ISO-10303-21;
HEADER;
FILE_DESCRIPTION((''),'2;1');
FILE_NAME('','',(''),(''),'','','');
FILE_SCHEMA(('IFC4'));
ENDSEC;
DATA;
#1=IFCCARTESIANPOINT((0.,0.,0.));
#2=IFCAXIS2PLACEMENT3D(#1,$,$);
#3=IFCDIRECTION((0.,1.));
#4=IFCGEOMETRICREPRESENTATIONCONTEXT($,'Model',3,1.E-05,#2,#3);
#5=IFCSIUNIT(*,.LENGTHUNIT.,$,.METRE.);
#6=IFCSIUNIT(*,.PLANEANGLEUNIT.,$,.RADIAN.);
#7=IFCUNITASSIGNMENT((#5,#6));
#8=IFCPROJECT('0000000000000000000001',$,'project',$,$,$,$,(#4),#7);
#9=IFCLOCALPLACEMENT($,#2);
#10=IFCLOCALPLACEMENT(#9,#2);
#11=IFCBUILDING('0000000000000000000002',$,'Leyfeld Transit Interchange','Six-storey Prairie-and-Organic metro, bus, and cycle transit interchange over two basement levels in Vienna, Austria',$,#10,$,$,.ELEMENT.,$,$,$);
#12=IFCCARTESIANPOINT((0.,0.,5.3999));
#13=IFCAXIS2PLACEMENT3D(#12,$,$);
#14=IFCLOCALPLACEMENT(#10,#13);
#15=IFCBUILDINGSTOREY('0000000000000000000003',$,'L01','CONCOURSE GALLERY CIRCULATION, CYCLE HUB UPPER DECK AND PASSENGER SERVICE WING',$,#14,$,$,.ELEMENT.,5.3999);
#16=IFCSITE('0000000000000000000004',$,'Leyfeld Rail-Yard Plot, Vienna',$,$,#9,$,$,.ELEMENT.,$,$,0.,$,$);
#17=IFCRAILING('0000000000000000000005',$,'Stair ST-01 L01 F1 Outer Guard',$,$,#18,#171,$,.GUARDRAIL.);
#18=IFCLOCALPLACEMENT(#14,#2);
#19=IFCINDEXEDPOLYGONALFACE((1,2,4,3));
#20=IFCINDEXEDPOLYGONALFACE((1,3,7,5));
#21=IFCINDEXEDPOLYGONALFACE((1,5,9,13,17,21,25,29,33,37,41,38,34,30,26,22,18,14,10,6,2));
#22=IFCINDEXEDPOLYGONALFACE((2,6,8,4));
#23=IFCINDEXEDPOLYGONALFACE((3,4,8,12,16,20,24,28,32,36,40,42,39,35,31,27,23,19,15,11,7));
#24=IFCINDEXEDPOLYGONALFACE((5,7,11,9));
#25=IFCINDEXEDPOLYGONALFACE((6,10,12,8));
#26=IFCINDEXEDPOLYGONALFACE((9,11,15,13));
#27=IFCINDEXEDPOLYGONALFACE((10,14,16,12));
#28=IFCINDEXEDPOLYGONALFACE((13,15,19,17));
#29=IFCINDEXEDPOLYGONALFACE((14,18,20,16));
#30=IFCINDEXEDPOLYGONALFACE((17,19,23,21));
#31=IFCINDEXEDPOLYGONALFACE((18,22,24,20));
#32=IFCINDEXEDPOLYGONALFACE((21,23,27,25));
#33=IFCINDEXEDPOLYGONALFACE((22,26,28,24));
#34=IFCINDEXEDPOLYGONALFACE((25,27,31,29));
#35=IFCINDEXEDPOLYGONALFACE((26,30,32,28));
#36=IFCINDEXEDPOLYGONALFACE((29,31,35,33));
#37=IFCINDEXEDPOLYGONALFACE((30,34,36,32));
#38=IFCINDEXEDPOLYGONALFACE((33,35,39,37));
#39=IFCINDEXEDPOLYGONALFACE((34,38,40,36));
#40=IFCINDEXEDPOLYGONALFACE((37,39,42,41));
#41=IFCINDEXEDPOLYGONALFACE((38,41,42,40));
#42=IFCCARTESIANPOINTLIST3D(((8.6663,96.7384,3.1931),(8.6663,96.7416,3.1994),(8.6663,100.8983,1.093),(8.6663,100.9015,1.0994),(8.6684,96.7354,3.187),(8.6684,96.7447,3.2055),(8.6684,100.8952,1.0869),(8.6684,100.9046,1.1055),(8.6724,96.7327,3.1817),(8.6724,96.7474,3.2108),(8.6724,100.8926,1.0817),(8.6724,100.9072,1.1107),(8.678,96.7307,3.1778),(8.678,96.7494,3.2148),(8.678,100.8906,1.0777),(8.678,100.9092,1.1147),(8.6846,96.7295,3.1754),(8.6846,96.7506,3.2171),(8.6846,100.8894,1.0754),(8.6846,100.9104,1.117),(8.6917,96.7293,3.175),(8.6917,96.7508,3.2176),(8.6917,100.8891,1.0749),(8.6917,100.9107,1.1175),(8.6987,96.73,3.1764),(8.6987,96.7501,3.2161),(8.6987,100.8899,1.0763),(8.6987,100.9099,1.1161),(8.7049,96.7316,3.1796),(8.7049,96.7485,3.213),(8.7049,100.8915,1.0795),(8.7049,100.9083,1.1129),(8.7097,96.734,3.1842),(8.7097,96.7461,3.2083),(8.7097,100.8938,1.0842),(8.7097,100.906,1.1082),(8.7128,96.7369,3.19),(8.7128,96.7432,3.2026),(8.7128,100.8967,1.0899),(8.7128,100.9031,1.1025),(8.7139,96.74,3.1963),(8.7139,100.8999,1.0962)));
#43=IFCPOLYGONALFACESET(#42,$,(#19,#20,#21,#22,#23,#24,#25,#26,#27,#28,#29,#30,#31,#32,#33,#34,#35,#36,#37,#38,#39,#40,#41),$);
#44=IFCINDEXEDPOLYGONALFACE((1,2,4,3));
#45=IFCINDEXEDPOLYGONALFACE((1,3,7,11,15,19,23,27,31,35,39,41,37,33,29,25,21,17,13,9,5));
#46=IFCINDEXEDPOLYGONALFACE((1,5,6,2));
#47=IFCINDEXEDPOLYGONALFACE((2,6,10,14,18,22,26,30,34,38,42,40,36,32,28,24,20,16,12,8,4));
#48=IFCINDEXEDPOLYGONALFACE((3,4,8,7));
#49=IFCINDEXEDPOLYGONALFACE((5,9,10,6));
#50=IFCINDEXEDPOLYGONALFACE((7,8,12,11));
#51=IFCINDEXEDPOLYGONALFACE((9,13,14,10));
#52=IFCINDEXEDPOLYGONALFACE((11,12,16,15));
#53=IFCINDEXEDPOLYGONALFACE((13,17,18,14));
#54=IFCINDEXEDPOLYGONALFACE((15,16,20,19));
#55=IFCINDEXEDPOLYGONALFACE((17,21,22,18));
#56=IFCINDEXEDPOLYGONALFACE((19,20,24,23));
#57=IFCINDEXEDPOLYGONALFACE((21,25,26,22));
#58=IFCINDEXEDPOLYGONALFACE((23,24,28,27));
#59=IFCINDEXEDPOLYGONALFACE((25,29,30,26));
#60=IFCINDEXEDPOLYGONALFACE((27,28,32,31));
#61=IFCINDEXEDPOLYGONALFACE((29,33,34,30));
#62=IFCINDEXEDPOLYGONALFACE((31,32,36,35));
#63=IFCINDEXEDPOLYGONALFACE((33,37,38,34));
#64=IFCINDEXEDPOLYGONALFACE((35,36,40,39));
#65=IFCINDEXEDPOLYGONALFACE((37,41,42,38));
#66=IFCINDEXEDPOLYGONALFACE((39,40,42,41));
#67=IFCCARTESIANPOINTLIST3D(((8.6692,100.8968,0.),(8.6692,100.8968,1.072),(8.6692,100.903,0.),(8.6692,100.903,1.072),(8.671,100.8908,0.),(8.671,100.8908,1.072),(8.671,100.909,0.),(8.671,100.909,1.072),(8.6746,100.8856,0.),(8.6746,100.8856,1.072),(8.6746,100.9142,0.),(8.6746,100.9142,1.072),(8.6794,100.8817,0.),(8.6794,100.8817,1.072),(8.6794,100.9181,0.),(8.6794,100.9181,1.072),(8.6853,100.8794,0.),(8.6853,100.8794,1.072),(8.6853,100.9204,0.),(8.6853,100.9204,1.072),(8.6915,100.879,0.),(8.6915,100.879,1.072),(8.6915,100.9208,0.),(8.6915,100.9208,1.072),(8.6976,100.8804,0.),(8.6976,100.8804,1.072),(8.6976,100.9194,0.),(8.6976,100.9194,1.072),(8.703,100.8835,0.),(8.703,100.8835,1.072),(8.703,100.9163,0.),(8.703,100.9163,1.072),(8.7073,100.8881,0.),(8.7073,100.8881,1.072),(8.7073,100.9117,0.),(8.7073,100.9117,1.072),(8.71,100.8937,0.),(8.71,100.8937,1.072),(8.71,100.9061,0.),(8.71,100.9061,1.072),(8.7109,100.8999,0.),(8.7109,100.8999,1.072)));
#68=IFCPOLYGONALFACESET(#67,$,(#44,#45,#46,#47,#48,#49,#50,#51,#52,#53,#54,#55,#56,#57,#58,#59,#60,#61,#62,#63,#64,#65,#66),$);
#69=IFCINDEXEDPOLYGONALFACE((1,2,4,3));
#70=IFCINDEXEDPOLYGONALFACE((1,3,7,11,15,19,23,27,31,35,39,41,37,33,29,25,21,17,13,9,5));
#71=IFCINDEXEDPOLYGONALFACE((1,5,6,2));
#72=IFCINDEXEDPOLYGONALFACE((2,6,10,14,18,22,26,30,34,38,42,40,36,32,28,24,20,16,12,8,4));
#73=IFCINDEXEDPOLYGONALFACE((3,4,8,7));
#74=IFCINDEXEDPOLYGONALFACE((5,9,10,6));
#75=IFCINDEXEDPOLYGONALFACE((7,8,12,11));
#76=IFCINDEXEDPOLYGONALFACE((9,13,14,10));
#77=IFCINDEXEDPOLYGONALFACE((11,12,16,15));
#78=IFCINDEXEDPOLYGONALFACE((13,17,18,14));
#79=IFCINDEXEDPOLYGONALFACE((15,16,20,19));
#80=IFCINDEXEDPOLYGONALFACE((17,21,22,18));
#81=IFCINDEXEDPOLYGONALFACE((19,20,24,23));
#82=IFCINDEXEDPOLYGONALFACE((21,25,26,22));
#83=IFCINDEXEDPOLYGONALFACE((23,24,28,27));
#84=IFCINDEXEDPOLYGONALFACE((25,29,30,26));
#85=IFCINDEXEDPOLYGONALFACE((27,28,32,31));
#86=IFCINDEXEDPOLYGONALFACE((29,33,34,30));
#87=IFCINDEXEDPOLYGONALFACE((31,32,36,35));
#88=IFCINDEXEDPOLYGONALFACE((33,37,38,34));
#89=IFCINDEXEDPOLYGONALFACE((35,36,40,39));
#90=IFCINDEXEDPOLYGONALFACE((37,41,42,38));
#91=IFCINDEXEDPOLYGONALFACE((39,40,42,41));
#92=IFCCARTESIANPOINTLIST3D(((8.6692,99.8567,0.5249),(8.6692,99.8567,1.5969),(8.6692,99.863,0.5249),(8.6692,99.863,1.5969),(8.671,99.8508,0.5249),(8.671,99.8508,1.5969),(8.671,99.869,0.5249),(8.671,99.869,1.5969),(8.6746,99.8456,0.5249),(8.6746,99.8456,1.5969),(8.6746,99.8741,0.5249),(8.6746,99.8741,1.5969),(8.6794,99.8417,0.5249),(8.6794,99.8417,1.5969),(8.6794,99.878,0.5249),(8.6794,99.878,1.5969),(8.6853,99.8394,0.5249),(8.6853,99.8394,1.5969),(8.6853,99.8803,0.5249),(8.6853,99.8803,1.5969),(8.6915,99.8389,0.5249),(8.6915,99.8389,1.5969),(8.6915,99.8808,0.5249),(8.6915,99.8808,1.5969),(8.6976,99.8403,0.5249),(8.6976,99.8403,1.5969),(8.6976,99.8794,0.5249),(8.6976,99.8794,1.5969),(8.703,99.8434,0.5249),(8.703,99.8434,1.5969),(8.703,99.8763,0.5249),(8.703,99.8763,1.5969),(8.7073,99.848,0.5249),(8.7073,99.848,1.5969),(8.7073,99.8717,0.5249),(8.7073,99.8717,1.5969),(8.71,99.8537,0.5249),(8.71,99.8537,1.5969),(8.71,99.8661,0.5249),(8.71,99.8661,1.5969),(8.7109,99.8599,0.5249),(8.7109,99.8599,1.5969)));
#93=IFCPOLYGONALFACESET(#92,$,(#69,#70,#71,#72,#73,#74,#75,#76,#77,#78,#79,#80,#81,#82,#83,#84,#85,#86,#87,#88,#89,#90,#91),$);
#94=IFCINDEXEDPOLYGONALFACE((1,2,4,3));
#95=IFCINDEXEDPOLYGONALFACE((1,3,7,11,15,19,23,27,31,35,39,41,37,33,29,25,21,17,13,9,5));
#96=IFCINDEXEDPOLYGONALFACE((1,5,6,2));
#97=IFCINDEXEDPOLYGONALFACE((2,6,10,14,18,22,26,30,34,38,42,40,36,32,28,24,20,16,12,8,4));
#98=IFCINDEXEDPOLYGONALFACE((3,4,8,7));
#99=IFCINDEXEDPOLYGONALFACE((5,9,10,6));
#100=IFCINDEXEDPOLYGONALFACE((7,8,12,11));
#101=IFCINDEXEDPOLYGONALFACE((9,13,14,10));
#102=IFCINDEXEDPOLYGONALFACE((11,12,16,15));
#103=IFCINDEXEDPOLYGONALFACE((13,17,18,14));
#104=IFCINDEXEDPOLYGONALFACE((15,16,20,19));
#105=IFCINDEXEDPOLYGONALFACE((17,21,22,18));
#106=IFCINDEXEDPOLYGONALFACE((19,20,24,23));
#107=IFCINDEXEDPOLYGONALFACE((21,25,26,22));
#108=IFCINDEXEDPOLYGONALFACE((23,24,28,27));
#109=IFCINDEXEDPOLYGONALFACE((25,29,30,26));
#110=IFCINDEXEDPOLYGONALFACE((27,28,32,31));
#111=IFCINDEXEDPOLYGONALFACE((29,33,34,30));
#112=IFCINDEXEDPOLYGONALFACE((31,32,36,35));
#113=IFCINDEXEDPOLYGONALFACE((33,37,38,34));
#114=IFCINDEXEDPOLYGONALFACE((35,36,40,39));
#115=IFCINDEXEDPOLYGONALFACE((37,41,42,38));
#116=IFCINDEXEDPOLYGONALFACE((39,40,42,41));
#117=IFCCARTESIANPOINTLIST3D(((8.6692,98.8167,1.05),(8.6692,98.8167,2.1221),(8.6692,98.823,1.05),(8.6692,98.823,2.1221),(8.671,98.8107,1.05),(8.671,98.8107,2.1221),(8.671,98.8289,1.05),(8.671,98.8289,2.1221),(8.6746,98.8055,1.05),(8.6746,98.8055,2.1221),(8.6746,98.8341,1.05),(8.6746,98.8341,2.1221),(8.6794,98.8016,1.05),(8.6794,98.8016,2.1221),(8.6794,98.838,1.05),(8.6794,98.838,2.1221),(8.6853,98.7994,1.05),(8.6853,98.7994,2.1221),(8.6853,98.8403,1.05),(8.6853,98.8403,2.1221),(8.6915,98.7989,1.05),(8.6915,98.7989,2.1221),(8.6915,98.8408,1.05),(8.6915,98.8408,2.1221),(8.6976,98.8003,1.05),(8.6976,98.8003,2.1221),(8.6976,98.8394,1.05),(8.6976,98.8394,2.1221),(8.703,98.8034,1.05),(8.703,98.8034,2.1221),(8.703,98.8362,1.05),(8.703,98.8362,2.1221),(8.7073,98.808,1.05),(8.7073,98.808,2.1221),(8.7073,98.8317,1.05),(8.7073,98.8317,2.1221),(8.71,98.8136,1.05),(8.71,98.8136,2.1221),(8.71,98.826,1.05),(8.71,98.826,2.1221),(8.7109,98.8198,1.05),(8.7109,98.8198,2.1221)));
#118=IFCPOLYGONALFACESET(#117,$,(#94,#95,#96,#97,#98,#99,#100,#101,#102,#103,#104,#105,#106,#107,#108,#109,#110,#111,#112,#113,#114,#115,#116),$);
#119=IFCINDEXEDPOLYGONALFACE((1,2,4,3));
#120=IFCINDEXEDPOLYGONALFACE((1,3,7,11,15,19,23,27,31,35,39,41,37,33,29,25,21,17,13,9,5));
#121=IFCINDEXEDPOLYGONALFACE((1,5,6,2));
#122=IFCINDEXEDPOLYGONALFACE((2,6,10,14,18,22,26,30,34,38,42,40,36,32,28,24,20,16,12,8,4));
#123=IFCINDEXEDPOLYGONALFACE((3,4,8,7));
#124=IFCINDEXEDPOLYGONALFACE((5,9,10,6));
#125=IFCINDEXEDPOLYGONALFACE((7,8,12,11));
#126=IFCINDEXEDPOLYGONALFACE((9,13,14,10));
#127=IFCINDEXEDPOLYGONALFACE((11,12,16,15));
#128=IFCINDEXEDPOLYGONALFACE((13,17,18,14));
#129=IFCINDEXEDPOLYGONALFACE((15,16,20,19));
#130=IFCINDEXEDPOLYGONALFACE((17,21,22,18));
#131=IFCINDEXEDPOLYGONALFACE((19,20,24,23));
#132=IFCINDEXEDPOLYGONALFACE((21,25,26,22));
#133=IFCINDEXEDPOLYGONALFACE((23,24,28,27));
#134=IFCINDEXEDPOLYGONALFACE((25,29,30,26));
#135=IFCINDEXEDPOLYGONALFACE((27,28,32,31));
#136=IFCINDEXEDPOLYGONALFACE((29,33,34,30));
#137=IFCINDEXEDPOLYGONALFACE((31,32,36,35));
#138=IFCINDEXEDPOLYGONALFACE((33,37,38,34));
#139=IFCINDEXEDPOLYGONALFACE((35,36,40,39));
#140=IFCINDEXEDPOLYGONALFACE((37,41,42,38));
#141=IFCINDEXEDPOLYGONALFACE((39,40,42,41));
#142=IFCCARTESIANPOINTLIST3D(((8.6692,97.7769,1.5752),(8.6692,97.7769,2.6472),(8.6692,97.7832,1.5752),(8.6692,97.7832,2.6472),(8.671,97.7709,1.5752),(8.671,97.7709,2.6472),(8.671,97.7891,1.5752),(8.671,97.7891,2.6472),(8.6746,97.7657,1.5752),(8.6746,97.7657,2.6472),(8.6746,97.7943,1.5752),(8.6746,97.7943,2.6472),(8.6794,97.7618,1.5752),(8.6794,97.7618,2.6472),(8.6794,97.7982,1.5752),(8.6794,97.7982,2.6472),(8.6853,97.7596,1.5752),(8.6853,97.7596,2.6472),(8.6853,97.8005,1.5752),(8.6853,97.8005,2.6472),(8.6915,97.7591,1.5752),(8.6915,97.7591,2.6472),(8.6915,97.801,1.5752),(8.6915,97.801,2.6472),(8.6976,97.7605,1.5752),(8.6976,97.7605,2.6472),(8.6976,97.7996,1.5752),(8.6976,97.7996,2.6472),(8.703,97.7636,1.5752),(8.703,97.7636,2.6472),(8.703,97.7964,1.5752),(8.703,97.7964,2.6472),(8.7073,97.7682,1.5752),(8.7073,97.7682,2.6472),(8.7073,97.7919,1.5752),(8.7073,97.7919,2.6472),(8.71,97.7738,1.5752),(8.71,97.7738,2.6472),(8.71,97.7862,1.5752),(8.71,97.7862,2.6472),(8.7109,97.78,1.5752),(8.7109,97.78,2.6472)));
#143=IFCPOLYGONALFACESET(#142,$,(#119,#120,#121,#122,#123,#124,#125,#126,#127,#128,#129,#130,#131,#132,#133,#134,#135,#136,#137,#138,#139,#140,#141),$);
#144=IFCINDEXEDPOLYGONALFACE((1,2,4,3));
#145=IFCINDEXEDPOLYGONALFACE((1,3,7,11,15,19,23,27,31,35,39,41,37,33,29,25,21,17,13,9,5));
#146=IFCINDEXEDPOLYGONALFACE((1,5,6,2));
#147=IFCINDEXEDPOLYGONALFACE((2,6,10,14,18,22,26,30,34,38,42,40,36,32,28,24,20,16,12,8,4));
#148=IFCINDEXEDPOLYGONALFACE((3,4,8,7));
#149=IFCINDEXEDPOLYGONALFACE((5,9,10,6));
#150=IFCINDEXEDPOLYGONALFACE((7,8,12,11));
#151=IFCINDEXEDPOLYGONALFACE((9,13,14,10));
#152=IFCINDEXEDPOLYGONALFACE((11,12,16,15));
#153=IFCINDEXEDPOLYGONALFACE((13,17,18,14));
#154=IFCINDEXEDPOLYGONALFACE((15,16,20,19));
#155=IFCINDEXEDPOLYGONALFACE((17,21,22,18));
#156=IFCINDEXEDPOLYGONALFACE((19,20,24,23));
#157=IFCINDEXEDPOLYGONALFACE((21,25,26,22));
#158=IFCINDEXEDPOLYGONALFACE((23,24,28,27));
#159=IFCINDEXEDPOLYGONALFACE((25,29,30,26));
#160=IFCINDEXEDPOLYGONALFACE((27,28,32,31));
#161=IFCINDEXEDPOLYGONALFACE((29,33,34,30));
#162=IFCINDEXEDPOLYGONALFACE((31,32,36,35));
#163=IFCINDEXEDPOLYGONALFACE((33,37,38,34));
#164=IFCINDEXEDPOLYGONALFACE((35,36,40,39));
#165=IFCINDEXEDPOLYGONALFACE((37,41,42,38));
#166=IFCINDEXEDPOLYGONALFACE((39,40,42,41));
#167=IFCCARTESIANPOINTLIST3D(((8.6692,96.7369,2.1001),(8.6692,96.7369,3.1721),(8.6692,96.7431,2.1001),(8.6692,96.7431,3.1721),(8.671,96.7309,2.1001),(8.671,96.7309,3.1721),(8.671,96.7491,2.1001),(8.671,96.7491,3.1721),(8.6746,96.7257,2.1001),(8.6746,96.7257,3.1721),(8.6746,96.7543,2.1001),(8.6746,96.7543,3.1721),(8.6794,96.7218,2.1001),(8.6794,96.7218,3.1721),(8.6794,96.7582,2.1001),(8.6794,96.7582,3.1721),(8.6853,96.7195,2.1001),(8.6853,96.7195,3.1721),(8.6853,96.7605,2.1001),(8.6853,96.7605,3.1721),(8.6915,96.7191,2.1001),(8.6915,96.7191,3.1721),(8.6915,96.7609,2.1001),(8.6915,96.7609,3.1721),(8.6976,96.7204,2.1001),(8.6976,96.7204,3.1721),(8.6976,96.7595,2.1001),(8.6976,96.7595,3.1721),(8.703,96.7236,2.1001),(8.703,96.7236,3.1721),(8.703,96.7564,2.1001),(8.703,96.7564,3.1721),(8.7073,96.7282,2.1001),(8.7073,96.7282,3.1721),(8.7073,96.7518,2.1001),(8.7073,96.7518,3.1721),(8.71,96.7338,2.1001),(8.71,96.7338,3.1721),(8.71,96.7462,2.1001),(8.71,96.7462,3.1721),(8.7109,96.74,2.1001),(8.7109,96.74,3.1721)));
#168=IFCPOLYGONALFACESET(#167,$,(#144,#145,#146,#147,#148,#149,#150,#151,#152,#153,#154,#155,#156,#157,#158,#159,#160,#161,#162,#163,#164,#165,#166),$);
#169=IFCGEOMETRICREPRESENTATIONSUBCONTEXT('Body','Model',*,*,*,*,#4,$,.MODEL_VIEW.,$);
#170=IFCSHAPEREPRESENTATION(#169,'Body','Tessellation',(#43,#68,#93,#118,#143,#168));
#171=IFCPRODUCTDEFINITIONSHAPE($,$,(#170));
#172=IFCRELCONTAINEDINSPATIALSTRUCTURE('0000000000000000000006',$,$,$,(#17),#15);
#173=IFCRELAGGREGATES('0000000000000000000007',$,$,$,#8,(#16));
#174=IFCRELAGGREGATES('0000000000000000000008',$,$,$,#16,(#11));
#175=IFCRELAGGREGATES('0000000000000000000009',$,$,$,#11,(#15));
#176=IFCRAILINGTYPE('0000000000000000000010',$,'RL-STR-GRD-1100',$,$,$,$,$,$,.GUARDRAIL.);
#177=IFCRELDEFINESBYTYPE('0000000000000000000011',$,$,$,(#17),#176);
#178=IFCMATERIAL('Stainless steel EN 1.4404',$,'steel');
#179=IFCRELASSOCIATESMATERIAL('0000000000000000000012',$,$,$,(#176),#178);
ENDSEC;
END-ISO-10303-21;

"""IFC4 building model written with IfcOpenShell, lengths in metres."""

from ifc_helpers import new_model, si_unit, direction, frame, origin, origin_2d, place, context, subcontext, project, spatial, circle, extrude, material, type_object, element, save


model = new_model("IFC4")

# Units and contexts
model_context = context("Model", 3, precision=1e-05, world=origin(), true_north=direction((0.0, 1.0)))
body_context = subcontext(model_context, "Body", "Model", "MODEL_VIEW")
ifc_project = project(units=[si_unit("LENGTHUNIT", "METRE"), si_unit("PLANEANGLEUNIT", "RADIAN")], contexts=[model_context])

# Site, building, storey
site_placement = place(None, origin())
site = spatial("IfcSite", under=ifc_project, at=site_placement, Name="Leyfeld Rail-Yard Plot, Vienna", CompositionType="ELEMENT", RefElevation=0.0)
building_placement = place(site_placement, origin())
building = spatial("IfcBuilding", under=site, at=building_placement, Name="Leyfeld Transit Interchange", Description="Six-storey Prairie-and-Organic metro, bus, and cycle transit interchange over two basement levels in Vienna, Austria", CompositionType="ELEMENT")
storey_placement = place(building_placement, frame((0.0, 0.0, 5.3999)))
storey = spatial("IfcBuildingStorey", under=building, at=storey_placement, Name="L01", Description="CONCOURSE GALLERY CIRCULATION, CYCLE HUB UPPER DECK AND PASSENGER SERVICE WING", CompositionType="ELEMENT", Elevation=5.3999)

# Railing
ifc_material_1 = material(Name="Stainless steel EN 1.4404", Category="steel")
railing_type_1 = type_object("IfcRailingType", Name="RL-STR-GRD-1100", PredefinedType="GUARDRAIL", material=ifc_material_1)
for number, where, name in (
    (1, (8.6899, 100.8999, 0.0), "Stair ST-01 L01 F1 Outer Guard"),
):
    element("IfcRailing", number, at=place(storey_placement, frame(where)), inside=storey, type_object=railing_type_1, Name=name, PredefinedType="GUARDRAIL", context=body_context, shape_type="SweptSolid", body=[
        extrude(circle(Radius=0.0239, at=origin_2d()), frame((0.0, 0.0, 1.0962), z_axis=(0.0, -0.892692, 0.450668), x_axis=(1.0, 0.0, 0.0)), (0.0, 0.0, 1.0), 4.6599),
        extrude(circle(Radius=0.021, at=origin_2d()), origin(), (0.0, 0.0, 1.0), 1.072),
        extrude(circle(Radius=0.021, at=origin_2d()), frame((0.0, -1.04, 0.5249)), (0.0, 0.0, 1.0), 1.072),
        extrude(circle(Radius=0.021, at=origin_2d()), frame((0.0, -2.0801, 1.05)), (0.0, 0.0, 1.0), 1.072),
        extrude(circle(Radius=0.021, at=origin_2d()), frame((0.0, -3.1199, 1.5752)), (0.0, 0.0, 1.0), 1.072),
        extrude(circle(Radius=0.021, at=origin_2d()), frame((0.0, -4.1599, 2.1001)), (0.0, 0.0, 1.0), 1.072),
    ])

save(model, "model.ifc")
